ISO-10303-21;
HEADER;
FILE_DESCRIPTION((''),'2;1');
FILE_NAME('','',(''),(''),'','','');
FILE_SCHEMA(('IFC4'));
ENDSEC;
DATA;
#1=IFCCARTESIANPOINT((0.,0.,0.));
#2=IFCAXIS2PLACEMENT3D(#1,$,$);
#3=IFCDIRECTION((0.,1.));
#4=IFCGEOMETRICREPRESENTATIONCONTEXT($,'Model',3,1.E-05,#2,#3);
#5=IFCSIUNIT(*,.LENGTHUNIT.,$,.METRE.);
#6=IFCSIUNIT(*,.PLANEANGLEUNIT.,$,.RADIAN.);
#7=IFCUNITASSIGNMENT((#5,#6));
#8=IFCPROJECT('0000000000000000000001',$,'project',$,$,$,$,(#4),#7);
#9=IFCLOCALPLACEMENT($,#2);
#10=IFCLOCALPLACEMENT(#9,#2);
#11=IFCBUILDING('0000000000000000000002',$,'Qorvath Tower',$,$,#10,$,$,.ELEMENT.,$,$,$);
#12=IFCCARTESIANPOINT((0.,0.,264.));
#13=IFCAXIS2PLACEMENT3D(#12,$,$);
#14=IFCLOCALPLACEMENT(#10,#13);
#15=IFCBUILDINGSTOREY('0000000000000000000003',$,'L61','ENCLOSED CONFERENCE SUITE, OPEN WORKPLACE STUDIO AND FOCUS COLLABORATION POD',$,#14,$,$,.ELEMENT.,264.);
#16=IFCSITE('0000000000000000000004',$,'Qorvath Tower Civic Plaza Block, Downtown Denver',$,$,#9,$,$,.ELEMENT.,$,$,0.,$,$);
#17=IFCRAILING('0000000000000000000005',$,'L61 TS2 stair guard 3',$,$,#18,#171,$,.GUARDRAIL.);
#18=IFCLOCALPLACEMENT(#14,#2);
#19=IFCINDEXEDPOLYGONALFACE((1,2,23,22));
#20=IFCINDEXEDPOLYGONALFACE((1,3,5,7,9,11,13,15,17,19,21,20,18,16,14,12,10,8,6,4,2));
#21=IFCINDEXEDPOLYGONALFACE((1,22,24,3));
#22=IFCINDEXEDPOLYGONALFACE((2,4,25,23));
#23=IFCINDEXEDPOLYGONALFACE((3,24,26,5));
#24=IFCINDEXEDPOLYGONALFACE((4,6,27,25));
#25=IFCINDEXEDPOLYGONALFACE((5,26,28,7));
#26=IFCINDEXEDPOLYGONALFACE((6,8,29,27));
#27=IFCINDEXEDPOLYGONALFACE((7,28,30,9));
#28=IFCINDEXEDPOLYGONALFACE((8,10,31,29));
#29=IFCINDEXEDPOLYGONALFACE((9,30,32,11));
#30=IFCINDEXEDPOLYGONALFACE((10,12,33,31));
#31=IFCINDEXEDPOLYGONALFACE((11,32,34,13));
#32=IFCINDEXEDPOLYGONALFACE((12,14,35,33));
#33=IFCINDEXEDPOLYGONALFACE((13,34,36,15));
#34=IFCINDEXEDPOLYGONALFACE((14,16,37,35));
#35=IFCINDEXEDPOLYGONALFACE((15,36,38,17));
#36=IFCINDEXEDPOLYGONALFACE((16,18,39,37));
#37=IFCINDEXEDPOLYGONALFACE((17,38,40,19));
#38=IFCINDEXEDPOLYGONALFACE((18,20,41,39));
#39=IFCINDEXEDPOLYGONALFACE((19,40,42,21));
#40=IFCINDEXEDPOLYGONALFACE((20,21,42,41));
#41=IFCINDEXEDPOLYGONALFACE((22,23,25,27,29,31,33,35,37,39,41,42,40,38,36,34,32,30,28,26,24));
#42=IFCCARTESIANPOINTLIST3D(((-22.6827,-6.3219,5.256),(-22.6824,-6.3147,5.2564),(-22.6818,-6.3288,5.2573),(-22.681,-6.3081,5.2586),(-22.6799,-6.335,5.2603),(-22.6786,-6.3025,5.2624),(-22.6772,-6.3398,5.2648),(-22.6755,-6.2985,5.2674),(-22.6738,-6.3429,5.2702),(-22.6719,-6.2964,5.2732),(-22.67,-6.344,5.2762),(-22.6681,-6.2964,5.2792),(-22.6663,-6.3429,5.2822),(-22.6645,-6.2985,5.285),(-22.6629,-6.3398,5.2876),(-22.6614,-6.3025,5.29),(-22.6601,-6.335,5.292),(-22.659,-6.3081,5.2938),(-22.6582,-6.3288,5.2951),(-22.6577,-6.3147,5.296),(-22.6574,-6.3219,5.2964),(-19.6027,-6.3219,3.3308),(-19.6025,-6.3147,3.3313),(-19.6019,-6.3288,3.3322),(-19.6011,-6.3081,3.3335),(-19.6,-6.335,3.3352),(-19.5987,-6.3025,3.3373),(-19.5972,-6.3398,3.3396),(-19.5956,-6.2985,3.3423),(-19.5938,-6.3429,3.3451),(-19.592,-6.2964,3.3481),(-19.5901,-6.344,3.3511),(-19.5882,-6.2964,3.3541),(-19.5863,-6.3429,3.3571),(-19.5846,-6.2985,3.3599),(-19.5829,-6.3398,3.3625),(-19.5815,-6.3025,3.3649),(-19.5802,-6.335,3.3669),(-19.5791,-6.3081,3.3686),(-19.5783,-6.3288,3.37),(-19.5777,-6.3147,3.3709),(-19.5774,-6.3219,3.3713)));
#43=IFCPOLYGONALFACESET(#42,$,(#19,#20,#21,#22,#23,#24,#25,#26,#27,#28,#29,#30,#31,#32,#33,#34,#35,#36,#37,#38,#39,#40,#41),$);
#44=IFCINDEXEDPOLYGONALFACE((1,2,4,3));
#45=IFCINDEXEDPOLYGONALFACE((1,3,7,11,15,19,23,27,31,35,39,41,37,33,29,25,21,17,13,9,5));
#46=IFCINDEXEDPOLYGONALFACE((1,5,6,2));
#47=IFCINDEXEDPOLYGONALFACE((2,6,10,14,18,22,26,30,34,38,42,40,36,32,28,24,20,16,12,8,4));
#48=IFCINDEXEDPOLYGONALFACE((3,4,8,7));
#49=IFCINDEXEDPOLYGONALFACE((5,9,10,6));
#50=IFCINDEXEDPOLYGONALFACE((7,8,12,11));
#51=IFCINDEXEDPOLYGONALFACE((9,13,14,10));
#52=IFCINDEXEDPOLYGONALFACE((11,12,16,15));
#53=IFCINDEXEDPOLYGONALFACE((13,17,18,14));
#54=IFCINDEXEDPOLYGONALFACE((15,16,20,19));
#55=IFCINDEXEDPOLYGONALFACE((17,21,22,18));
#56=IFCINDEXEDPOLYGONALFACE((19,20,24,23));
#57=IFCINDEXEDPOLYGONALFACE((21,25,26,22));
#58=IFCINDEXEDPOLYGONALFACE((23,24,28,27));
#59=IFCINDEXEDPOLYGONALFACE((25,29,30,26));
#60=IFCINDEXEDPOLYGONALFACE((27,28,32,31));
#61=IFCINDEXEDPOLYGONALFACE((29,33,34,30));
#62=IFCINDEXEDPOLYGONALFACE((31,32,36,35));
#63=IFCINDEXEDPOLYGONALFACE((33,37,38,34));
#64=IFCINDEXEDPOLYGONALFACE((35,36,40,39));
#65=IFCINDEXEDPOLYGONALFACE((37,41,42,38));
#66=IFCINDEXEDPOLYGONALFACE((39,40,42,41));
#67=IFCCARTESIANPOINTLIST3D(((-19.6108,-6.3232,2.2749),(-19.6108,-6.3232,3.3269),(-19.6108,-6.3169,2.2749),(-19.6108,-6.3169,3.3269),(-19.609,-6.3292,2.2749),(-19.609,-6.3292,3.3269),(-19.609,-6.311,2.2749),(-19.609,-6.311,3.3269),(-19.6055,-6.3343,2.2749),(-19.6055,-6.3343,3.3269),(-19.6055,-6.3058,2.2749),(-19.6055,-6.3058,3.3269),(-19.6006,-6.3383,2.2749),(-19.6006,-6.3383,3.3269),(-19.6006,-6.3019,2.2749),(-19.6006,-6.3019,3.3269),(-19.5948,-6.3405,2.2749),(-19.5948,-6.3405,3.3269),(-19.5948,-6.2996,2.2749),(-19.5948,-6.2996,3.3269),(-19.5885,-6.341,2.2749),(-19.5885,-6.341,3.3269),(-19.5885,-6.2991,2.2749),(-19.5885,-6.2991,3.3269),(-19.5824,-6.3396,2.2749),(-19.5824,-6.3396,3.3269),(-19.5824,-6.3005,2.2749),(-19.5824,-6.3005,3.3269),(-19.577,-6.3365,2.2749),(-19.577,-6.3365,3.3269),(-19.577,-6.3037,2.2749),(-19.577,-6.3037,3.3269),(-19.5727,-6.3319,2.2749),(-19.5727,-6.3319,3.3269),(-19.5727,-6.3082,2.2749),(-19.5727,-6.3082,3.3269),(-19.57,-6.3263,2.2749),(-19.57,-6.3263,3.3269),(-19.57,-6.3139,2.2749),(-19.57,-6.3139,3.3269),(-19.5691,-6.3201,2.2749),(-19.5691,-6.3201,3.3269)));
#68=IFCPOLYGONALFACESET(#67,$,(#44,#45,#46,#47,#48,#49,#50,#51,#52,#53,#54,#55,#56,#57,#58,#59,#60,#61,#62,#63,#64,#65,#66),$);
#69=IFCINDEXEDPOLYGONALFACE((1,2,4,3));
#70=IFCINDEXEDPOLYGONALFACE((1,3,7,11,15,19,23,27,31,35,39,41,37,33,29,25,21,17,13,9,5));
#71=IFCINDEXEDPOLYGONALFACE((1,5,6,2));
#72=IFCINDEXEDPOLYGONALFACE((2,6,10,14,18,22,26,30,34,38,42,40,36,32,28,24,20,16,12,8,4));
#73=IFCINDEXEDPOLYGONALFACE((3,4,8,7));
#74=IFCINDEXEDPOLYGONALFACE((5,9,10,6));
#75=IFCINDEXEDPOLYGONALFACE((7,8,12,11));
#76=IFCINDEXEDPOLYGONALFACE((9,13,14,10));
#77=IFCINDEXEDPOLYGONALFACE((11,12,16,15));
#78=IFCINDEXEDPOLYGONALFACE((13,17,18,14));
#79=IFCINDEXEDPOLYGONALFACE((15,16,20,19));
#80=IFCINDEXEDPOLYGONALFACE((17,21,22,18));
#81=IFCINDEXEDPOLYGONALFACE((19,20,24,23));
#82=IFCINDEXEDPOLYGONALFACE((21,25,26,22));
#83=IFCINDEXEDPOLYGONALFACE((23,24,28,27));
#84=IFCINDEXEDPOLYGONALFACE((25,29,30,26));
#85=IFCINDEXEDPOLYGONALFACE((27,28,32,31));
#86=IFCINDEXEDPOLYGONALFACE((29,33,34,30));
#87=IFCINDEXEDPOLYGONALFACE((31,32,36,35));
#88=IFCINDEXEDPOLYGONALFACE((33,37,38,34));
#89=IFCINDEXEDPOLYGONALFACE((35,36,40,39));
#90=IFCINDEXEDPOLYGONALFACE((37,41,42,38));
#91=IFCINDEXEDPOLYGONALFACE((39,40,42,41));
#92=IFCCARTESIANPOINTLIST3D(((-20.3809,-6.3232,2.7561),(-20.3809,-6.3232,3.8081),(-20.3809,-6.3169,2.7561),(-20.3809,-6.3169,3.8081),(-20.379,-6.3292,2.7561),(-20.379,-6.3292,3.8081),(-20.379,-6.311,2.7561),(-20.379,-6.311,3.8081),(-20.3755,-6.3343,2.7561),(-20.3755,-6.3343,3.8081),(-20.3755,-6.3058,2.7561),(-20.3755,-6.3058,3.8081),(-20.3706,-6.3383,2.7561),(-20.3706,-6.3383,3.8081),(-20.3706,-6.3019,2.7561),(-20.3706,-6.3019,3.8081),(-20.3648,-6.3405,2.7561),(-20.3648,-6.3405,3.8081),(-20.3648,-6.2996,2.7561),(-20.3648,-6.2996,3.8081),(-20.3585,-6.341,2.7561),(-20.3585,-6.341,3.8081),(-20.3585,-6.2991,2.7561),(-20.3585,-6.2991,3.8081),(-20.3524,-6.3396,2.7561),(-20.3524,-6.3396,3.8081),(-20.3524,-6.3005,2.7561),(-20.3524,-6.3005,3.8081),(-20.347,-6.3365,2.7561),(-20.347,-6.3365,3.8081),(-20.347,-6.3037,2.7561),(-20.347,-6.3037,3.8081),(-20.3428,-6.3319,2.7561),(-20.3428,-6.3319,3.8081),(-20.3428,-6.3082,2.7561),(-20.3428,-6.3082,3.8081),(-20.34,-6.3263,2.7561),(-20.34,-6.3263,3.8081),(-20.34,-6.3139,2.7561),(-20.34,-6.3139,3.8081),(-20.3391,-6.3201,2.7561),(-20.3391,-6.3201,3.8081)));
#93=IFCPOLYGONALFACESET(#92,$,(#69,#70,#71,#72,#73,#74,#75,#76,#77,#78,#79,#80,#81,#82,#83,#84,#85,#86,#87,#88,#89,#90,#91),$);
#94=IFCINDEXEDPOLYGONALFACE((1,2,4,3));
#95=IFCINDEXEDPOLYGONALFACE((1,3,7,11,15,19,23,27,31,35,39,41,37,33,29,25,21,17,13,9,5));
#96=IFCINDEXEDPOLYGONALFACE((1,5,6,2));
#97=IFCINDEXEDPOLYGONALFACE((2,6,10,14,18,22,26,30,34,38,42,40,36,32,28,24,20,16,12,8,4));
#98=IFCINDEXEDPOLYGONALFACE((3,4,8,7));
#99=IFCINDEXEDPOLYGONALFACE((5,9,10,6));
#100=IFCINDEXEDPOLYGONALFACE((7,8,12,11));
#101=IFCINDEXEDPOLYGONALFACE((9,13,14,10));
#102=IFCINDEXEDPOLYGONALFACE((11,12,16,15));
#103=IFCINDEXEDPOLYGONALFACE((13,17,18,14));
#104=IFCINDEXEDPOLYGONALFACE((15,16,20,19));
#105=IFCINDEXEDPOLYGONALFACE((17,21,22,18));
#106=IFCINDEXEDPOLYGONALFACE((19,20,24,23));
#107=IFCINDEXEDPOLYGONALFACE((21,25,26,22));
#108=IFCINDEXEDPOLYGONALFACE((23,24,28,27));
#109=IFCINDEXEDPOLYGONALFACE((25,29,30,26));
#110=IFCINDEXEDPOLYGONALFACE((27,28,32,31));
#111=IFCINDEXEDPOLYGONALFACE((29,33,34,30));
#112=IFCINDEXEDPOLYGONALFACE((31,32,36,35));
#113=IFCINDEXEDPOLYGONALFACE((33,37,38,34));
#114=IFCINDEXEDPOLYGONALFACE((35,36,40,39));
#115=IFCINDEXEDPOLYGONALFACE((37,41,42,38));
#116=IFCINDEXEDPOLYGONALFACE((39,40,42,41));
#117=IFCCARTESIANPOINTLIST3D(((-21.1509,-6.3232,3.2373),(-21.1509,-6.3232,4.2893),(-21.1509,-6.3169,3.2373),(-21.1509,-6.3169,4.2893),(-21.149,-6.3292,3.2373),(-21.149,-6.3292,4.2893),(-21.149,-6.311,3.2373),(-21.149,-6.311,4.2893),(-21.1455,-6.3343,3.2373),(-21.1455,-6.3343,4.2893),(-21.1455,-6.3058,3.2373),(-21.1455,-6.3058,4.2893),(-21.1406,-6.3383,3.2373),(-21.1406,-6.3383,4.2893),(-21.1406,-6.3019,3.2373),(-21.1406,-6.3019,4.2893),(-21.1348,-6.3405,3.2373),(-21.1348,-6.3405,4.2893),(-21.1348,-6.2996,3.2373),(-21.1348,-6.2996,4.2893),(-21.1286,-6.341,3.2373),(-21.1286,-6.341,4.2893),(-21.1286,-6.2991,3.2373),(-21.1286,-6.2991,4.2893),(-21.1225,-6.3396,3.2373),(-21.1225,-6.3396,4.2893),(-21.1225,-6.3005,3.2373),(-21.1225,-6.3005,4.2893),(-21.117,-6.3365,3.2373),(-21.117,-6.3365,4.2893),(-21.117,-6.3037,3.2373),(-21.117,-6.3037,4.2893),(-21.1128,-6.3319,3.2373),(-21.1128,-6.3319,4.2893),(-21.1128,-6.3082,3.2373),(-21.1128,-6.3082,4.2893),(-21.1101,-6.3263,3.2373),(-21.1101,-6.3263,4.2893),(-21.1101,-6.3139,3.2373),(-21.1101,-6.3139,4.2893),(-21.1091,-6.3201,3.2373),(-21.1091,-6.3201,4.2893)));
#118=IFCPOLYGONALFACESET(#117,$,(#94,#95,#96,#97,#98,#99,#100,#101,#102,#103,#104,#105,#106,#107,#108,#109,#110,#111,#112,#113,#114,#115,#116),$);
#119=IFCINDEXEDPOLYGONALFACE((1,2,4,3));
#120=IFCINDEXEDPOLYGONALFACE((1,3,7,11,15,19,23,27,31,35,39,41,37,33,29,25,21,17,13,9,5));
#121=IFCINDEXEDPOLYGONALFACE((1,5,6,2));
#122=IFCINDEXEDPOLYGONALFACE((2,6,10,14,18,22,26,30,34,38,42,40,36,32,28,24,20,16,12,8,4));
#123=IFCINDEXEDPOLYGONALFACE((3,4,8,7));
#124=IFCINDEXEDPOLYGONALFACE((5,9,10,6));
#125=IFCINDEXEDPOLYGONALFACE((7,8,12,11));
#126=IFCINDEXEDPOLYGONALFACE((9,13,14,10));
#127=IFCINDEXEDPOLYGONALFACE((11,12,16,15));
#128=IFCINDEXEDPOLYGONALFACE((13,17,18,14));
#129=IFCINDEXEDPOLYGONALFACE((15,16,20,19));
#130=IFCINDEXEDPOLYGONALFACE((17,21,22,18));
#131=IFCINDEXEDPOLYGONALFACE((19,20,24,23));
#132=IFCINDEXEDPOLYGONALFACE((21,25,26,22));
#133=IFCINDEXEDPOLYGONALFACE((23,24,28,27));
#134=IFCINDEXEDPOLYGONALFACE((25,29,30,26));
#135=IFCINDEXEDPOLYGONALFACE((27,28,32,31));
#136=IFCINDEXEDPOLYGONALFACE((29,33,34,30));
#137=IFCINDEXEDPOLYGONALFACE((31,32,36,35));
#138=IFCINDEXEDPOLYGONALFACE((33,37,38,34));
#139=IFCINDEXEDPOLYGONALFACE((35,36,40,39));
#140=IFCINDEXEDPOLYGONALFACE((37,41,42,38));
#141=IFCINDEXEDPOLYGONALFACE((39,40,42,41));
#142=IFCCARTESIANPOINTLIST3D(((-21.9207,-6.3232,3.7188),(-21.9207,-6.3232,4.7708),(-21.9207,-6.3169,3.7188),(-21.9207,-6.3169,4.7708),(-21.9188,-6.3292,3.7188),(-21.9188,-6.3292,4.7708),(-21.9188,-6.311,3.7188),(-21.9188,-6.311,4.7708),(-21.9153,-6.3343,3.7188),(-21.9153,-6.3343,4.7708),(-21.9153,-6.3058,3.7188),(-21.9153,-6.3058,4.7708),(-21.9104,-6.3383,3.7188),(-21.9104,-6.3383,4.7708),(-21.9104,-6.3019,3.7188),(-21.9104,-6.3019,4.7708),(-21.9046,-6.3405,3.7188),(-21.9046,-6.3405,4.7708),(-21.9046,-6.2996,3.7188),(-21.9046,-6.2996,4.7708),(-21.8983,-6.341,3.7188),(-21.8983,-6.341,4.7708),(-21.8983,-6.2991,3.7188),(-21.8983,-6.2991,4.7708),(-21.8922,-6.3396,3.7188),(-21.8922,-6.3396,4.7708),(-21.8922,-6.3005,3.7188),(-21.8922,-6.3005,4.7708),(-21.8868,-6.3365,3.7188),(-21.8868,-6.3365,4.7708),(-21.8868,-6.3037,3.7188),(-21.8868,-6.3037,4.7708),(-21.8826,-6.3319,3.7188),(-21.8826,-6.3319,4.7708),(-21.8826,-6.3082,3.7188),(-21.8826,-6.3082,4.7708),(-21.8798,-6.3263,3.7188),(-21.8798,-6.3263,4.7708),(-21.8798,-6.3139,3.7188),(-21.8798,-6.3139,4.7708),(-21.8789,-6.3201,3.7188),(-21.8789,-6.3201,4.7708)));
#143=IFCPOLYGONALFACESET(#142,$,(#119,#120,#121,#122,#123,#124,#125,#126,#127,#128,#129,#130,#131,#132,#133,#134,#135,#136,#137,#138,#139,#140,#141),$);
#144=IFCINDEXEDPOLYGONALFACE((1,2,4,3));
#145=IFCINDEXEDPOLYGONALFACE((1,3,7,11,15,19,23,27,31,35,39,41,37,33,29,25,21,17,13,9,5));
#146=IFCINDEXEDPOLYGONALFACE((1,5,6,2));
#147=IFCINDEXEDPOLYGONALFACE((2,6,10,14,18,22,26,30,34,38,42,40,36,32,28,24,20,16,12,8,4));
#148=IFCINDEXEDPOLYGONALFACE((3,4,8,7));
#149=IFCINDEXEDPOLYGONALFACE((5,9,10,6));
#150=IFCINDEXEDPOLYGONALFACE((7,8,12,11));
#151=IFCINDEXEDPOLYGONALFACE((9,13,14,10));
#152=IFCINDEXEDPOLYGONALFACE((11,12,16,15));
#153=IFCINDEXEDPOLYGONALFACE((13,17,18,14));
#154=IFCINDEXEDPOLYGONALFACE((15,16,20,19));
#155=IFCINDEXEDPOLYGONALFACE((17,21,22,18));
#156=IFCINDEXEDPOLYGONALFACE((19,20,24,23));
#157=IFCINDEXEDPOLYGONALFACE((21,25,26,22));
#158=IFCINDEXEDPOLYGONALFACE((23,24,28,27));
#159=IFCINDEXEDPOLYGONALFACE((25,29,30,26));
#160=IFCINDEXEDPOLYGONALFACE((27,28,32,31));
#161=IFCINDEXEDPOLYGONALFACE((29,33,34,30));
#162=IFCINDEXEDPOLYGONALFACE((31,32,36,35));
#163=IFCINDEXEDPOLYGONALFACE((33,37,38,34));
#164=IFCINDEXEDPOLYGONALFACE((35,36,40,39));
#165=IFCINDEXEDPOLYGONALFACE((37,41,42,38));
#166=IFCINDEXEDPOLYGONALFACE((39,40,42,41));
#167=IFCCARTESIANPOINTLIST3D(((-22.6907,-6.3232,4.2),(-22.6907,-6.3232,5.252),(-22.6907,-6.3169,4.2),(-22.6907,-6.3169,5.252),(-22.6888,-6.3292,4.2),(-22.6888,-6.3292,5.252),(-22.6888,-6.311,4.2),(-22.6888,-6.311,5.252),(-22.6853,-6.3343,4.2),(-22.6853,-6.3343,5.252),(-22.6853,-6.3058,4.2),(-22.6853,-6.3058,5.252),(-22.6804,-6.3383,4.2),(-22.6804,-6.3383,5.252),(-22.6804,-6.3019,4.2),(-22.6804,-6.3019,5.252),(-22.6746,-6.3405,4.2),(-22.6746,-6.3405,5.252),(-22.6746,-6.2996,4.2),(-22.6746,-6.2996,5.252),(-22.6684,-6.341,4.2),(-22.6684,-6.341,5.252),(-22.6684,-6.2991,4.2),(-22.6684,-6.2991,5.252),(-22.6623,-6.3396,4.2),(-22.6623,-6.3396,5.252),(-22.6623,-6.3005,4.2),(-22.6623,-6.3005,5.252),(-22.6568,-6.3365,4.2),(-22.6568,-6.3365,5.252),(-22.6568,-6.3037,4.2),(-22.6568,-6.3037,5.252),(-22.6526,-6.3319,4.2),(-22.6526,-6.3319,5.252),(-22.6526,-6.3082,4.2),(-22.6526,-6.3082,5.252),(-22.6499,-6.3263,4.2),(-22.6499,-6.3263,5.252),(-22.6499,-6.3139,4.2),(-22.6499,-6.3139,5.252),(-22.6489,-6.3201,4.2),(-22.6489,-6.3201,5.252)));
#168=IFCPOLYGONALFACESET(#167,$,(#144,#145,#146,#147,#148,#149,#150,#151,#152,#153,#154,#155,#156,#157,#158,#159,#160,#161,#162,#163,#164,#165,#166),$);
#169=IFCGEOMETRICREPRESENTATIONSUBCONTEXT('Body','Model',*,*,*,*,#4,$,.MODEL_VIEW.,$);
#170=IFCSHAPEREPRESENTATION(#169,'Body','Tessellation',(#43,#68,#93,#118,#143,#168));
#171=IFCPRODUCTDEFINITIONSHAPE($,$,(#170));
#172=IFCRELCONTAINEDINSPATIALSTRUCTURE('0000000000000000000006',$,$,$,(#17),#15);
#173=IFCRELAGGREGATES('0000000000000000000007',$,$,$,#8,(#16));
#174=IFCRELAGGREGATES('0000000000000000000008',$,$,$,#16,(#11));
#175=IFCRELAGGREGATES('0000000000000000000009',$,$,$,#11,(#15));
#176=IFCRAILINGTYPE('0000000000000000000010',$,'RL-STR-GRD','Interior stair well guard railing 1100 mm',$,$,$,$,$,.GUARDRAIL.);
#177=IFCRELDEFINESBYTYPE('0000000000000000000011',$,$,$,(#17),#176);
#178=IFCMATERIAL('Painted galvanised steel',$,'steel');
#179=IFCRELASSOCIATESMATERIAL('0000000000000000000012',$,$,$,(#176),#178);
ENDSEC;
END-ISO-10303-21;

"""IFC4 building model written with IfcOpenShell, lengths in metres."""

from ifc_helpers import new_model, si_unit, direction, frame, origin, origin_2d, place, context, subcontext, project, spatial, circle, extrude, material, type_object, element, save


model = new_model("IFC4")

# Units and contexts
model_context = context("Model", 3, precision=1e-05, world=origin(), true_north=direction((0.0, 1.0)))
body_context = subcontext(model_context, "Body", "Model", "MODEL_VIEW")
ifc_project = project(units=[si_unit("LENGTHUNIT", "METRE"), si_unit("PLANEANGLEUNIT", "RADIAN")], contexts=[model_context])

# Site, building, storey
site_placement = place(None, origin())
site = spatial("IfcSite", under=ifc_project, at=site_placement, Name="Qorvath Tower Civic Plaza Block, Downtown Denver", CompositionType="ELEMENT", RefElevation=0.0)
building_placement = place(site_placement, origin())
building = spatial("IfcBuilding", under=site, at=building_placement, Name="Qorvath Tower", CompositionType="ELEMENT")
storey_placement = place(building_placement, frame((0.0, 0.0, 264.0)))
storey = spatial("IfcBuildingStorey", under=building, at=storey_placement, Name="L61", Description="ENCLOSED CONFERENCE SUITE, OPEN WORKPLACE STUDIO AND FOCUS COLLABORATION POD", CompositionType="ELEMENT", Elevation=264.0)

# Railing
ifc_material_1 = material(Name="Painted galvanised steel", Category="steel")
railing_type_1 = type_object("IfcRailingType", Name="RL-STR-GRD", Description="Interior stair well guard railing 1100 mm", PredefinedType="GUARDRAIL", material=ifc_material_1)
railing_1_placement = place(storey_placement, frame((-19.5901, -6.3201, 2.2749)))
element("IfcRailing", 1, at=railing_1_placement, inside=storey, type_object=railing_type_1, Name="L61 TS2 stair guard 3", PredefinedType="GUARDRAIL", context=body_context, shape_type="SweptSolid", body=[
    extrude(circle(Radius=0.0239, at=origin_2d()), frame((0.0, 0.0, 1.0762), z_axis=(-0.847979, 0.0, 0.530029), x_axis=(0.0, -1.0, 0.0)), (0.0, 0.0, 1.0), 3.6321),
    extrude(circle(Radius=0.021, at=origin_2d()), origin(), (0.0, 0.0, 1.0), 1.052),
    extrude(circle(Radius=0.021, at=origin_2d()), frame((-0.77, 0.0, 0.4812)), (0.0, 0.0, 1.0), 1.052),
    extrude(circle(Radius=0.021, at=origin_2d()), frame((-1.54, 0.0, 0.9624)), (0.0, 0.0, 1.0), 1.052),
    extrude(circle(Radius=0.021, at=origin_2d()), frame((-2.3098, 0.0, 1.4438)), (0.0, 0.0, 1.0), 1.052),
    extrude(circle(Radius=0.021, at=origin_2d()), frame((-3.0798, 0.0, 1.925)), (0.0, 0.0, 1.0), 1.052),
])

save(model, "model.ifc")
